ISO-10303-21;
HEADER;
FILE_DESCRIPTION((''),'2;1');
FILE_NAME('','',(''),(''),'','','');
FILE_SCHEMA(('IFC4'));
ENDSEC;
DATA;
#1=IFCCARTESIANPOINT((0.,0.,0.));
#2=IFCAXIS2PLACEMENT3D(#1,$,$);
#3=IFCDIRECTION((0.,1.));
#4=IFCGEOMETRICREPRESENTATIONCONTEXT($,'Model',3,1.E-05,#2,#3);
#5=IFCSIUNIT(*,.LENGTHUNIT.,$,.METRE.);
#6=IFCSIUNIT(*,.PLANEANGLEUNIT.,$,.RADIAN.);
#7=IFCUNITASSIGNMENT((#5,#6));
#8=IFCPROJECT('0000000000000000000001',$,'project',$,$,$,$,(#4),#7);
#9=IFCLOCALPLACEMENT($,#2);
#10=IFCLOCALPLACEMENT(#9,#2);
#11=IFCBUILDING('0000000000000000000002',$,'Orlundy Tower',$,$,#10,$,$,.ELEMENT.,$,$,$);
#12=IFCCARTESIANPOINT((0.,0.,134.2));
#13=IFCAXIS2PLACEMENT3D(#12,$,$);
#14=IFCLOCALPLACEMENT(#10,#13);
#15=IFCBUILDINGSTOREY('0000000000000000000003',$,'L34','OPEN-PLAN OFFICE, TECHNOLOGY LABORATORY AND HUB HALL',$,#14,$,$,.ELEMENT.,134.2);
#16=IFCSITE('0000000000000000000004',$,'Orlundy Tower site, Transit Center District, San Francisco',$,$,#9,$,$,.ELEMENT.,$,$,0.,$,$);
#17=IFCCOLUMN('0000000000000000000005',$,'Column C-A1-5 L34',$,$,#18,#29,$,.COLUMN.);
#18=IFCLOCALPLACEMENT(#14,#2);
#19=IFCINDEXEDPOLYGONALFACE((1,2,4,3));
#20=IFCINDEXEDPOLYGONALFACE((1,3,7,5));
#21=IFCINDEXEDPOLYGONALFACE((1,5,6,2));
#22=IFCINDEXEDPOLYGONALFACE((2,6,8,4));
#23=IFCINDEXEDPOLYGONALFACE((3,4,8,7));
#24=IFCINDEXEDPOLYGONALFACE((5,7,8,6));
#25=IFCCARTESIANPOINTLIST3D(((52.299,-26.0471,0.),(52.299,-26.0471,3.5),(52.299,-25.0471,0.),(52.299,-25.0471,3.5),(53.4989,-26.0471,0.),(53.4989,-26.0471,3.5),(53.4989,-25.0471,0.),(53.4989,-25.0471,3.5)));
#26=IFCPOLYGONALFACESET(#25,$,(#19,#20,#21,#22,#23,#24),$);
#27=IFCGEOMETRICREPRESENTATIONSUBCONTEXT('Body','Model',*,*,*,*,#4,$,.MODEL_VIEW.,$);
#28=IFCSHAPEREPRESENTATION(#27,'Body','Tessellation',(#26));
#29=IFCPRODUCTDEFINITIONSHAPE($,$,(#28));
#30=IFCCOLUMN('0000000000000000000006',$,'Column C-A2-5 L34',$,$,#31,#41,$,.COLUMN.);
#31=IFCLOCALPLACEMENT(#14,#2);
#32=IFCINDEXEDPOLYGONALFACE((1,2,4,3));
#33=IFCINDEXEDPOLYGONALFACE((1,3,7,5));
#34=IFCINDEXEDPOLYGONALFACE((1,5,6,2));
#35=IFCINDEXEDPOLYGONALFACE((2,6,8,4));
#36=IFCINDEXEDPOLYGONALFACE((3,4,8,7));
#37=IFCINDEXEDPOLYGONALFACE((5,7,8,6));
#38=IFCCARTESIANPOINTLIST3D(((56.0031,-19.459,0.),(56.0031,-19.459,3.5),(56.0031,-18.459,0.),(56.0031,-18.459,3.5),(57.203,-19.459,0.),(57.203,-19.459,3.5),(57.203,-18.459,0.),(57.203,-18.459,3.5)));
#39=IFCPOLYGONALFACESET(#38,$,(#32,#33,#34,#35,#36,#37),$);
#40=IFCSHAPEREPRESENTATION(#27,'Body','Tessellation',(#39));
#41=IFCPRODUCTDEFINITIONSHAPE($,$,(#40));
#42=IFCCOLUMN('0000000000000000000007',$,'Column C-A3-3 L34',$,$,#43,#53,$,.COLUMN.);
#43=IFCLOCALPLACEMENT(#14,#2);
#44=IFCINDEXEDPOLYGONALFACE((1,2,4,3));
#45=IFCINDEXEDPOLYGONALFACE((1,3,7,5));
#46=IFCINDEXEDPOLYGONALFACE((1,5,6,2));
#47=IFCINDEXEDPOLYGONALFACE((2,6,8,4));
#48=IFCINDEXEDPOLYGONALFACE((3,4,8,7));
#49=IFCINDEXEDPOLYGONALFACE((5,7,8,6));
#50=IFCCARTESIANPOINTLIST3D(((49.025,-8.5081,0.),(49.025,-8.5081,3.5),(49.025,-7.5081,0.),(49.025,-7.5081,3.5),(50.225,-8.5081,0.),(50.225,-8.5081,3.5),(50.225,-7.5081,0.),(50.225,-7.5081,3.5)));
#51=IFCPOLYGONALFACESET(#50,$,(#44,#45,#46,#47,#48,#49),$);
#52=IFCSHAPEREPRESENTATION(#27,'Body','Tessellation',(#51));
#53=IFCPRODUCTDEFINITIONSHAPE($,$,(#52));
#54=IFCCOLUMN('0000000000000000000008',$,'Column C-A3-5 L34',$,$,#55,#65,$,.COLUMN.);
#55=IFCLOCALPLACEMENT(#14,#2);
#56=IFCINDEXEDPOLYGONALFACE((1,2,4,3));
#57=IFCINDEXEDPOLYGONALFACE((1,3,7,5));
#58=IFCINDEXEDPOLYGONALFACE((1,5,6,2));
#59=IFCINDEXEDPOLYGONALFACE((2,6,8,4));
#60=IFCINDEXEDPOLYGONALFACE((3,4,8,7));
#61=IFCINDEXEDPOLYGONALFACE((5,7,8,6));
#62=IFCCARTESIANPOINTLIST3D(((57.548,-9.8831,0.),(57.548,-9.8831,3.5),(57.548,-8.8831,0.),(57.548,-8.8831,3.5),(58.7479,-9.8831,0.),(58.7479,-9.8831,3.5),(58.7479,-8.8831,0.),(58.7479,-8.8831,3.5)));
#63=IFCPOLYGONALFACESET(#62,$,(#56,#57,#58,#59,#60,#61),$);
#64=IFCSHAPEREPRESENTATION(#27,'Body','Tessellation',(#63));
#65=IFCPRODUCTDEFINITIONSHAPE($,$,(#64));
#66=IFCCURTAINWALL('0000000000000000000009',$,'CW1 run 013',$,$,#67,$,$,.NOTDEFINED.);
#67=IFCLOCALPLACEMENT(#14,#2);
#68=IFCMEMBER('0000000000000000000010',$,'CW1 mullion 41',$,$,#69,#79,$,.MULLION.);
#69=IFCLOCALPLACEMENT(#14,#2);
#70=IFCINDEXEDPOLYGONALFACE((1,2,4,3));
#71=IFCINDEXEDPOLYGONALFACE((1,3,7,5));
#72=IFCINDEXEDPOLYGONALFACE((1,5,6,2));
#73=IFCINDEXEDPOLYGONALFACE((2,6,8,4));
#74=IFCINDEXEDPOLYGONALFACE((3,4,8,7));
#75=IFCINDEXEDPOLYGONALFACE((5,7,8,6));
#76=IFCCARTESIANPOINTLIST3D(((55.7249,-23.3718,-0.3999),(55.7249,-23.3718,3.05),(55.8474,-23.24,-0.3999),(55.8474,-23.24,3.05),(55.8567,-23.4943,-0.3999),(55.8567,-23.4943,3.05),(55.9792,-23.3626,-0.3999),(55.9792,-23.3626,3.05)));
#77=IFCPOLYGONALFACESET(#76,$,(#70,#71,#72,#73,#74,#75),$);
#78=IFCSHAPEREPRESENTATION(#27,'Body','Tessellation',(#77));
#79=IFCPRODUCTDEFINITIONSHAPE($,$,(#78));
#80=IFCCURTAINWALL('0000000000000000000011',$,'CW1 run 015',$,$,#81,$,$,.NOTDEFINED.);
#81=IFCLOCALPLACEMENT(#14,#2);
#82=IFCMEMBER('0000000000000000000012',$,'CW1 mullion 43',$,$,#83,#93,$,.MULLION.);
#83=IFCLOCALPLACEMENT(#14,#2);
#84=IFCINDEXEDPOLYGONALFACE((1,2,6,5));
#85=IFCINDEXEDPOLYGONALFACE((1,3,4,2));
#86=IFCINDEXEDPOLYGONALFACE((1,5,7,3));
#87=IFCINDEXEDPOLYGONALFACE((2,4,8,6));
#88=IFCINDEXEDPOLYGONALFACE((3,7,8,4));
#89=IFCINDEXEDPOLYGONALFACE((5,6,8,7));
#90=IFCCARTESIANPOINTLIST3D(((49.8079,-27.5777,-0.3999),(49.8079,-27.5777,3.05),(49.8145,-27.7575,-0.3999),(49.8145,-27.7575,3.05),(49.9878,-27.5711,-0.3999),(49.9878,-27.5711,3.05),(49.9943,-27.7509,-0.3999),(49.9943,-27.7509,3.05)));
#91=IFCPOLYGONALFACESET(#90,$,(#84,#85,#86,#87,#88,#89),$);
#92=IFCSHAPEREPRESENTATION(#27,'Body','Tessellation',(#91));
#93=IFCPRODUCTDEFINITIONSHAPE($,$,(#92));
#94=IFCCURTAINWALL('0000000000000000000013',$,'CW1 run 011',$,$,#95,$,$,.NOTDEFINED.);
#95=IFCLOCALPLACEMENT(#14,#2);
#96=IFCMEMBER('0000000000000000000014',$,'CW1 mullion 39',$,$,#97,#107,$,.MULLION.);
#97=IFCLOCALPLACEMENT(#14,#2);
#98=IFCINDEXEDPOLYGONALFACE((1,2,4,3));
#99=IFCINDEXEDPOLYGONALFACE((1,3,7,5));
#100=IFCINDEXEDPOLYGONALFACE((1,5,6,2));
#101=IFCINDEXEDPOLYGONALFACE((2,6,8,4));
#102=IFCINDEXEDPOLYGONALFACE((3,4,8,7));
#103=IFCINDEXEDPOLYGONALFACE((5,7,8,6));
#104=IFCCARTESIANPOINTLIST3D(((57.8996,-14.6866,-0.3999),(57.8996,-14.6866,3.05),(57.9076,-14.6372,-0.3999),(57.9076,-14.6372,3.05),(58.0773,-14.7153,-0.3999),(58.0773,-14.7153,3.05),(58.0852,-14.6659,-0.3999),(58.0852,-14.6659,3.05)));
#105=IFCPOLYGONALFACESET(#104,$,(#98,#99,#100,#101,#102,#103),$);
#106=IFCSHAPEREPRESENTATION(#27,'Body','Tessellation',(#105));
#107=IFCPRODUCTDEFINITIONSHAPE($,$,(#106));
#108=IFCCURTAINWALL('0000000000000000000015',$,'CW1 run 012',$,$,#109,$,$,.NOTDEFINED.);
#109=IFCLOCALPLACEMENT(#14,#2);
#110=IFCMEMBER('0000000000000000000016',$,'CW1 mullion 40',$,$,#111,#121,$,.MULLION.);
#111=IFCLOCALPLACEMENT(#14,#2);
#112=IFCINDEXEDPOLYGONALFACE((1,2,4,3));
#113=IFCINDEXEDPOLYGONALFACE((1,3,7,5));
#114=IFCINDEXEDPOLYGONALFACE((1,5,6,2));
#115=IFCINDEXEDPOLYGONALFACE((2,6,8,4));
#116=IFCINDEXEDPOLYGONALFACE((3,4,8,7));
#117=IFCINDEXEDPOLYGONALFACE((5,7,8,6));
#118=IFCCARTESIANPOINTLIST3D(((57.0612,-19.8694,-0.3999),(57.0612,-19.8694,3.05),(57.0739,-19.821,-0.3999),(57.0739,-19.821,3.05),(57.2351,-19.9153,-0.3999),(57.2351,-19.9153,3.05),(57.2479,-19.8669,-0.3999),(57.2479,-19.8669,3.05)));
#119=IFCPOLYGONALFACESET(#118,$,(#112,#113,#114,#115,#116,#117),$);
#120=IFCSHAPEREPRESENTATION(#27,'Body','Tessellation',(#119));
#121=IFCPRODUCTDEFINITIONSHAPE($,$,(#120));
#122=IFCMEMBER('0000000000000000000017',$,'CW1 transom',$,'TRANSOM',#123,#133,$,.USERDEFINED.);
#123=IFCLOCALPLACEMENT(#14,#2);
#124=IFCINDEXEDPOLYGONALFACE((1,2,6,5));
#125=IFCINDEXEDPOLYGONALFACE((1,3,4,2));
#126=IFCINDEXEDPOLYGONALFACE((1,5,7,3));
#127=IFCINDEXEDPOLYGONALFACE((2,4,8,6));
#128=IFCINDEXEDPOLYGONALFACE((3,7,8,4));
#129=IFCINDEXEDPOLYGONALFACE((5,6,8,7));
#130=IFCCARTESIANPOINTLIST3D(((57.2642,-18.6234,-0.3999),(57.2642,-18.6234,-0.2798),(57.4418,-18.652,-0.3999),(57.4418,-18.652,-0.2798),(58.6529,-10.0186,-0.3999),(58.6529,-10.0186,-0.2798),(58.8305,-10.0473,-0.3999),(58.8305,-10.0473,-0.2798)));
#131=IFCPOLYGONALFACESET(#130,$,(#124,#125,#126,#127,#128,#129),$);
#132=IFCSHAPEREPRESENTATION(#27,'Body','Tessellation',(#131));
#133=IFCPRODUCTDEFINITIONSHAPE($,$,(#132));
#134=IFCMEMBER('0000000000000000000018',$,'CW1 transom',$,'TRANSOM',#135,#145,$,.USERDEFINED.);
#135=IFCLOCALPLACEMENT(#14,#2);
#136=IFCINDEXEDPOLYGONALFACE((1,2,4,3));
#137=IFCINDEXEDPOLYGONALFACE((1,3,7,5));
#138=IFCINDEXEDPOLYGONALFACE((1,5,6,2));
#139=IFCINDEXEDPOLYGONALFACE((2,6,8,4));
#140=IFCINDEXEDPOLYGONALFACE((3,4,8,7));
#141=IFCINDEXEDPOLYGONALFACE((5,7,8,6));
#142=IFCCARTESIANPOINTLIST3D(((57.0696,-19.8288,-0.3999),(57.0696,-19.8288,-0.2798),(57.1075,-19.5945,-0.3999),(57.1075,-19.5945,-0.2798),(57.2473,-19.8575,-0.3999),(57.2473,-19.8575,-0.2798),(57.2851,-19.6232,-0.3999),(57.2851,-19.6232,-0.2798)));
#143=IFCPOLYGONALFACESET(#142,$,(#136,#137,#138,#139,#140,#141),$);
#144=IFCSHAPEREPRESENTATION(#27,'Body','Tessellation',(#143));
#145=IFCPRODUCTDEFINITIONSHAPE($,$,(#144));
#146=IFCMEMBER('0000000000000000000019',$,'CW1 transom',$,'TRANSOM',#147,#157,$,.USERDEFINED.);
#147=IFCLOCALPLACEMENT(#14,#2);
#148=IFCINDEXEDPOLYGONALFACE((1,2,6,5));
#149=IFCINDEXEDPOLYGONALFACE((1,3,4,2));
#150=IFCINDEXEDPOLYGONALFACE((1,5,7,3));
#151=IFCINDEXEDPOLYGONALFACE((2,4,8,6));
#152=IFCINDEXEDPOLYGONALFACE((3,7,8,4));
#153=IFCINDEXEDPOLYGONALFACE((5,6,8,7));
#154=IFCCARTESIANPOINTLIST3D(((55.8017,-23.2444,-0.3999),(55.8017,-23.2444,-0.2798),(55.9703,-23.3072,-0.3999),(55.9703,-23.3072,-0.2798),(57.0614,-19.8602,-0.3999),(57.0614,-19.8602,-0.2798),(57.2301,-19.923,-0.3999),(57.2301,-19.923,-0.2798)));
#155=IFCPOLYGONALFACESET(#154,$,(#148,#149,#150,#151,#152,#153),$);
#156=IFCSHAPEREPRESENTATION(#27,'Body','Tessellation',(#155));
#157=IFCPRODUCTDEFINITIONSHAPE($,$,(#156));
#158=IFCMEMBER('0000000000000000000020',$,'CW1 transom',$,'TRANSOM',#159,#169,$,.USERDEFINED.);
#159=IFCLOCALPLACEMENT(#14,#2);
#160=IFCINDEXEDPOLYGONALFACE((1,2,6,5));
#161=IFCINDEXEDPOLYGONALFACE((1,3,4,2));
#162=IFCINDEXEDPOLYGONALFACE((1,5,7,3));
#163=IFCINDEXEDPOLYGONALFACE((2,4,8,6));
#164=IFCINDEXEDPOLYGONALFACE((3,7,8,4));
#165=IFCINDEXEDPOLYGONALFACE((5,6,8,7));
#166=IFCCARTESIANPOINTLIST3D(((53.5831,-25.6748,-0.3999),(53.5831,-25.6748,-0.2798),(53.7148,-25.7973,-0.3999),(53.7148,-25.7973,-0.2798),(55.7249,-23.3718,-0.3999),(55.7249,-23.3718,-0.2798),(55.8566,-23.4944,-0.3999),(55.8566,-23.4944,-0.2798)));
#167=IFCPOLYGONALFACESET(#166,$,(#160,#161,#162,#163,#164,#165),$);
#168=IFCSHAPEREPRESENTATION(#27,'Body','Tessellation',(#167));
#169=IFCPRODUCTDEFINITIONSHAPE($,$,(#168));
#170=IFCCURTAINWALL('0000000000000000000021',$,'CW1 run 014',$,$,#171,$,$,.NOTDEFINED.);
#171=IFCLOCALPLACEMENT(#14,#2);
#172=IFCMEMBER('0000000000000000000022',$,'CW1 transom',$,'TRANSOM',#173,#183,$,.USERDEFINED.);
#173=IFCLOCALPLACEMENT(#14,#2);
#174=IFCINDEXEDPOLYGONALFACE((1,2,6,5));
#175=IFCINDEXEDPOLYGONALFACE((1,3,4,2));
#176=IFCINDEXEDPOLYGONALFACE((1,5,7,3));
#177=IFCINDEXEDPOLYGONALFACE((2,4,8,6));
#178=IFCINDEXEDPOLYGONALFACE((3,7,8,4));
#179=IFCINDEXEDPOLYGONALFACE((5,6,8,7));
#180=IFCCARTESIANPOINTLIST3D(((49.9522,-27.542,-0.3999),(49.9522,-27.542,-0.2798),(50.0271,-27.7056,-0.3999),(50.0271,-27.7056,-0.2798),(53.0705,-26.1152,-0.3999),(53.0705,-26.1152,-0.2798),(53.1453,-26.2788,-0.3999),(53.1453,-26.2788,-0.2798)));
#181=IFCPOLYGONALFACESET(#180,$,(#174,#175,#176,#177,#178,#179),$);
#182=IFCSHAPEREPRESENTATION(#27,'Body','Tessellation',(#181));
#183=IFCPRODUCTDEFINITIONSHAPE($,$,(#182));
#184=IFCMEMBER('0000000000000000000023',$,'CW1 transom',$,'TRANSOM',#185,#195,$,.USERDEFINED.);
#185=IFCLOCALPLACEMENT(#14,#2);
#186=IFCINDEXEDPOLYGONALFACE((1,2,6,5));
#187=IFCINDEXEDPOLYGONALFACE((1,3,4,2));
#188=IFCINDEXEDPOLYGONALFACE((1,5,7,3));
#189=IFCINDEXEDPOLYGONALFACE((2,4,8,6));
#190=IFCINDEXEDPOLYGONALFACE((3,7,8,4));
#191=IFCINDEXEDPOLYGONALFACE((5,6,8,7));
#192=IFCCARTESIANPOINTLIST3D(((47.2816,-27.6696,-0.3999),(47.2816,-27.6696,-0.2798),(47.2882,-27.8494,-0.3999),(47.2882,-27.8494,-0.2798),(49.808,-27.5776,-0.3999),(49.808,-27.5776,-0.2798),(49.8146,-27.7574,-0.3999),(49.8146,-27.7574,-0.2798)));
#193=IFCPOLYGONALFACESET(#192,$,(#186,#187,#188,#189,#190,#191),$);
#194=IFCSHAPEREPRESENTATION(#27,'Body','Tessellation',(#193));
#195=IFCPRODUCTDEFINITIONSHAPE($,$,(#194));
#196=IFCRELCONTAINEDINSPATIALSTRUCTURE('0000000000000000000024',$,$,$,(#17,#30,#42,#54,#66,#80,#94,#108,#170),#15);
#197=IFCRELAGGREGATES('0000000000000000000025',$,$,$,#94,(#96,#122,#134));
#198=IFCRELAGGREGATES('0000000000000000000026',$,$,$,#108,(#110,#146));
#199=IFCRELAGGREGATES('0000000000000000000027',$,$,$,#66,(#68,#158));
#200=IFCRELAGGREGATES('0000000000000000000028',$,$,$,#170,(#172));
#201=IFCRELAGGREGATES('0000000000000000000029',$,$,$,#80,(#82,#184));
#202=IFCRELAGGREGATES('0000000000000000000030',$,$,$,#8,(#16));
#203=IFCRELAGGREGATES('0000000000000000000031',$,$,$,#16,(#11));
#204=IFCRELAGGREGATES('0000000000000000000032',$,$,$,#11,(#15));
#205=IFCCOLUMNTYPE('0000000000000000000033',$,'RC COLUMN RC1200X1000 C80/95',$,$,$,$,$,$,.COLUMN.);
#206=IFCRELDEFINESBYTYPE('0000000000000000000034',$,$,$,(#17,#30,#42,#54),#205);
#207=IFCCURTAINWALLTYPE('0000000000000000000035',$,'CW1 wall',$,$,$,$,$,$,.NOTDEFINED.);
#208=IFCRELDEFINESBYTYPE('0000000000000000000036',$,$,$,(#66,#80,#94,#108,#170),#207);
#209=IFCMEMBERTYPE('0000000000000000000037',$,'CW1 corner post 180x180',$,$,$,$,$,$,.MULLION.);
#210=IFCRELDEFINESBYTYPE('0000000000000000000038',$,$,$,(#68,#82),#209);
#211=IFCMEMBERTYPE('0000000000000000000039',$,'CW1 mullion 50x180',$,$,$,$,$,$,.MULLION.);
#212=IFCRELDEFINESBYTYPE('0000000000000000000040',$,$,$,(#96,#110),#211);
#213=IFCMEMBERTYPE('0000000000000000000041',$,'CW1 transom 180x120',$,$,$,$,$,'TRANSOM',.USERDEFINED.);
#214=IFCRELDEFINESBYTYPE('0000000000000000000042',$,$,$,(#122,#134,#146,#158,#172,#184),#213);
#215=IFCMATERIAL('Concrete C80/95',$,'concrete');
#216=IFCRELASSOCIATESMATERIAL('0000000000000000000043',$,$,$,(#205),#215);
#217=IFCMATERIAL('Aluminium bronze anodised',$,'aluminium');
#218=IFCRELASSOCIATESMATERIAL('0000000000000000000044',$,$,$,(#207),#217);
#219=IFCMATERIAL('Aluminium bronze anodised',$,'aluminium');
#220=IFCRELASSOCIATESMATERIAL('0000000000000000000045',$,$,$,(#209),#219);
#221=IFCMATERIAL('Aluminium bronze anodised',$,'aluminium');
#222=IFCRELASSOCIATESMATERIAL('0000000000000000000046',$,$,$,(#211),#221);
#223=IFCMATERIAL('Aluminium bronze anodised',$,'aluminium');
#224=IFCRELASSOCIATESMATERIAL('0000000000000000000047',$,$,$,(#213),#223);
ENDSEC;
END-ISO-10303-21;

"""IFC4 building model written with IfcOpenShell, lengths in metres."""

from ifc_helpers import new_model, si_unit, direction, frame, origin, origin_2d, place, context, subcontext, project, spatial, rectangle, extrude, material, material_profile, profile_set, type_object, element, aggregate, save


model = new_model("IFC4")

# Units and contexts
model_context = context("Model", 3, precision=1e-05, world=origin(), true_north=direction((0.0, 1.0)))
body_context = subcontext(model_context, "Body", "Model", "MODEL_VIEW")
ifc_project = project(units=[si_unit("LENGTHUNIT", "METRE"), si_unit("PLANEANGLEUNIT", "RADIAN")], contexts=[model_context])

# Site, building, storey
site_placement = place(None, origin())
site = spatial("IfcSite", under=ifc_project, at=site_placement, Name="Orlundy Tower site, Transit Center District, San Francisco", CompositionType="ELEMENT", RefElevation=0.0)
building_placement = place(site_placement, origin())
building = spatial("IfcBuilding", under=site, at=building_placement, Name="Orlundy Tower", CompositionType="ELEMENT")
storey_placement = place(building_placement, frame((0.0, 0.0, 134.2)))
storey = spatial("IfcBuildingStorey", under=building, at=storey_placement, Name="L34", Description="OPEN-PLAN OFFICE, TECHNOLOGY LABORATORY AND HUB HALL", CompositionType="ELEMENT", Elevation=134.2)

# Columns
ifc_material_1 = material(Name="Concrete C80/95", Category="concrete")
ifc_material_profile_1 = material_profile(ifc_material_1, rectangle(XDim=1.2, YDim=1.0, at=origin_2d()), Name="RC1200X1000")
ifc_profile_set_1 = profile_set([ifc_material_profile_1], Name="Concrete C80/95")
column_type = type_object("IfcColumnType", Name="RC COLUMN RC1200X1000 C80/95", PredefinedType="COLUMN", material=ifc_profile_set_1)
for number, where, z_axis, x_axis, name in (
    (1, (52.8989, -25.5471, 0.0), (0.0, 0.0, 1.0), (1.0, 0.0, 0.0), "Column C-A1-5 L34"),
    (2, (56.603, -18.959, 0.0), (0.0, 0.0, 1.0), (1.0, 0.0, 0.0), "Column C-A2-5 L34"),
    (3, (49.625, -8.0081, 0.0), (0.0, 0.0, 1.0), (1.0, 0.0, 0.0), "Column C-A3-3 L34"),
    (4, (58.1479, -9.3831, 0.0), (0.0, 0.0, 1.0), (1.0, 0.0, 0.0), "Column C-A3-5 L34"),
):
    element("IfcColumn", number, at=place(storey_placement, frame(where, z_axis=z_axis, x_axis=x_axis)), inside=storey, type_object=column_type, Name=name, PredefinedType="COLUMN", context=body_context, shape_type="SweptSolid", body=[
        extrude(rectangle(XDim=1.2, YDim=1.0, at=origin_2d()), origin(), (0.0, 0.0, 1.0), 3.5),
    ])

# Curtain walls, members
ifc_material_2 = material(Name="Aluminium bronze anodised", Category="aluminium")
curtain_wall_type = type_object("IfcCurtainWallType", Name="CW1 wall", PredefinedType="NOTDEFINED", material=ifc_material_2)
curtain_wall_1_placement = place(storey_placement, origin())
curtain_wall_1 = element("IfcCurtainWall", 5, at=curtain_wall_1_placement, inside=storey, type_object=curtain_wall_type, Name="CW1 run 013", PredefinedType="NOTDEFINED")
ifc_material_3 = material(Name="Aluminium bronze anodised", Category="aluminium")
ifc_material_profile_2 = material_profile(ifc_material_3, rectangle(XDim=0.1799, YDim=0.1799, at=origin_2d()), Name="CW1 corner post 180x180")
ifc_profile_set_2 = profile_set([ifc_material_profile_2], Name="Aluminium bronze anodised")
member_type_1 = type_object("IfcMemberType", Name="CW1 corner post 180x180", PredefinedType="MULLION", material=ifc_profile_set_2)
member_1_placement = place(storey_placement, frame((55.8521, -23.3672, -0.3999), z_axis=(0.0, 0.0, 1.0), x_axis=(0.732274, -0.68101, 0.0)))
member_1 = element("IfcMember", 6, at=member_1_placement, type_object=member_type_1, Name="CW1 mullion 41", PredefinedType="MULLION", context=body_context, shape_type="SweptSolid", body=[
    extrude(rectangle(XDim=0.1799, YDim=0.1799, at=origin_2d()), origin(), (0.0, 0.0, 1.0), 3.45),
])
curtain_wall_2_placement = place(storey_placement, origin())
curtain_wall_2 = element("IfcCurtainWall", 7, at=curtain_wall_2_placement, inside=storey, type_object=curtain_wall_type, Name="CW1 run 015", PredefinedType="NOTDEFINED")
member_2_placement = place(storey_placement, frame((49.9011, -27.6643, -0.3999), z_axis=(0.0, 0.0, 1.0), x_axis=(0.036413, -0.999337, 0.0)))
member_2 = element("IfcMember", 8, at=member_2_placement, type_object=member_type_1, Name="CW1 mullion 43", PredefinedType="MULLION", context=body_context, shape_type="SweptSolid", body=[
    extrude(rectangle(XDim=0.1799, YDim=0.1799, at=origin_2d()), origin(), (0.0, 0.0, 1.0), 3.45),
])
curtain_wall_3_placement = place(storey_placement, origin())
curtain_wall_3 = element("IfcCurtainWall", 9, at=curtain_wall_3_placement, inside=storey, type_object=curtain_wall_type, Name="CW1 run 011", PredefinedType="NOTDEFINED")
ifc_material_4 = material(Name="Aluminium bronze anodised", Category="aluminium")
ifc_material_profile_3 = material_profile(ifc_material_4, rectangle(XDim=0.1799, YDim=0.05, at=origin_2d()), Name="CW1 mullion 50x180")
ifc_profile_set_3 = profile_set([ifc_material_profile_3], Name="Aluminium bronze anodised")
member_type_2 = type_object("IfcMemberType", Name="CW1 mullion 50x180", PredefinedType="MULLION", material=ifc_profile_set_3)
member_3_placement = place(storey_placement, frame((57.9924, -14.6763, -0.3999), z_axis=(0.0, 0.0, 1.0), x_axis=(0.987225, -0.159331, 0.0)))
member_3 = element("IfcMember", 10, at=member_3_placement, type_object=member_type_2, Name="CW1 mullion 39", PredefinedType="MULLION", context=body_context, shape_type="SweptSolid", body=[
    extrude(rectangle(XDim=0.1799, YDim=0.05, at=origin_2d()), origin(), (0.0, 0.0, 1.0), 3.45),
])
curtain_wall_4_placement = place(storey_placement, origin())
curtain_wall_4 = element("IfcCurtainWall", 11, at=curtain_wall_4_placement, inside=storey, type_object=curtain_wall_type, Name="CW1 run 012", PredefinedType="NOTDEFINED")
member_4_placement = place(storey_placement, frame((57.1545, -19.8682, -0.3999), z_axis=(0.0, 0.0, 1.0), x_axis=(0.966861, -0.255302, 0.0)))
member_4 = element("IfcMember", 12, at=member_4_placement, type_object=member_type_2, Name="CW1 mullion 40", PredefinedType="MULLION", context=body_context, shape_type="SweptSolid", body=[
    extrude(rectangle(XDim=0.1799, YDim=0.05, at=origin_2d()), origin(), (0.0, 0.0, 1.0), 3.45),
])

# Members
ifc_material_5 = material(Name="Aluminium bronze anodised", Category="aluminium")
ifc_material_profile_4 = material_profile(ifc_material_5, rectangle(XDim=0.1799, YDim=0.1201, at=origin_2d()), Name="CW1 transom 180x120")
ifc_profile_set_4 = profile_set([ifc_material_profile_4], Name="Aluminium bronze anodised")
member_type_3 = type_object("IfcMemberType", Name="CW1 transom 180x120", ElementType="TRANSOM", PredefinedType="USERDEFINED", material=ifc_profile_set_4)
member_5_placement = place(storey_placement, frame((58.7417, -10.033, -0.3398), z_axis=(-0.159323, -0.987226, 0.0), x_axis=(0.987226, -0.159323, 0.0)))
member_5 = element("IfcMember", 13, at=member_5_placement, type_object=member_type_3, Name="CW1 transom", ObjectType="TRANSOM", PredefinedType="USERDEFINED", context=body_context, shape_type="SweptSolid", body=[
    extrude(rectangle(XDim=0.1799, YDim=0.1201, at=origin_2d()), origin(), (0.0, 0.0, 1.0), 8.7161),
])
member_6_placement = place(storey_placement, frame((57.1963, -19.6089, -0.3398), z_axis=(-0.159394, -0.987215, 0.0), x_axis=(0.987215, -0.159394, 0.0)))
member_6 = element("IfcMember", 14, at=member_6_placement, type_object=member_type_3, Name="CW1 transom", ObjectType="TRANSOM", PredefinedType="USERDEFINED", context=body_context, shape_type="SweptSolid", body=[
    extrude(rectangle(XDim=0.1799, YDim=0.1201, at=origin_2d()), origin(), (0.0, 0.0, 1.0), 0.2373),
])
member_7_placement = place(storey_placement, frame((57.1458, -19.8916, -0.3398), z_axis=(-0.348855, -0.937177, 0.0), x_axis=(0.937177, -0.348855, 0.0)))
member_7 = element("IfcMember", 15, at=member_7_placement, type_object=member_type_3, Name="CW1 transom", ObjectType="TRANSOM", PredefinedType="USERDEFINED", context=body_context, shape_type="SweptSolid", body=[
    extrude(rectangle(XDim=0.1799, YDim=0.1201, at=origin_2d()), origin(), (0.0, 0.0, 1.0), 3.6111),
])
member_8_placement = place(storey_placement, frame((55.7908, -23.4331, -0.3398), z_axis=(-0.681026, -0.73226, 0.0), x_axis=(0.73226, -0.681026, 0.0)))
member_8 = element("IfcMember", 16, at=member_8_placement, type_object=member_type_3, Name="CW1 transom", ObjectType="TRANSOM", PredefinedType="USERDEFINED", context=body_context, shape_type="SweptSolid", body=[
    extrude(rectangle(XDim=0.1799, YDim=0.1201, at=origin_2d()), origin(), (0.0, 0.0, 1.0), 3.145),
])

# Curtain wall, member
curtain_wall_5_placement = place(storey_placement, origin())
curtain_wall_5 = element("IfcCurtainWall", 17, at=curtain_wall_5_placement, inside=storey, type_object=curtain_wall_type, Name="CW1 run 014", PredefinedType="NOTDEFINED")
member_9_placement = place(storey_placement, frame((53.1079, -26.197, -0.3398), z_axis=(-0.90933, -0.416076, 0.0), x_axis=(0.416076, -0.90933, 0.0)))
member_9 = element("IfcMember", 18, at=member_9_placement, type_object=member_type_3, Name="CW1 transom", ObjectType="TRANSOM", PredefinedType="USERDEFINED", context=body_context, shape_type="SweptSolid", body=[
    extrude(rectangle(XDim=0.1799, YDim=0.1201, at=origin_2d()), origin(), (0.0, 0.0, 1.0), 3.4292),
])

# Member
member_10_placement = place(storey_placement, frame((49.8113, -27.6675, -0.3398), z_axis=(-0.999337, -0.036408, 0.0), x_axis=(0.036408, -0.999337, 0.0)))
member_10 = element("IfcMember", 19, at=member_10_placement, type_object=member_type_3, Name="CW1 transom", ObjectType="TRANSOM", PredefinedType="USERDEFINED", context=body_context, shape_type="SweptSolid", body=[
    extrude(rectangle(XDim=0.1799, YDim=0.1201, at=origin_2d()), origin(), (0.0, 0.0, 1.0), 2.5281),
])

aggregate(curtain_wall_3, [member_3, member_5, member_6])
aggregate(curtain_wall_4, [member_4, member_7])
aggregate(curtain_wall_1, [member_1, member_8])
aggregate(curtain_wall_5, [member_9])
aggregate(curtain_wall_2, [member_2, member_10])

save(model, "model.ifc")
